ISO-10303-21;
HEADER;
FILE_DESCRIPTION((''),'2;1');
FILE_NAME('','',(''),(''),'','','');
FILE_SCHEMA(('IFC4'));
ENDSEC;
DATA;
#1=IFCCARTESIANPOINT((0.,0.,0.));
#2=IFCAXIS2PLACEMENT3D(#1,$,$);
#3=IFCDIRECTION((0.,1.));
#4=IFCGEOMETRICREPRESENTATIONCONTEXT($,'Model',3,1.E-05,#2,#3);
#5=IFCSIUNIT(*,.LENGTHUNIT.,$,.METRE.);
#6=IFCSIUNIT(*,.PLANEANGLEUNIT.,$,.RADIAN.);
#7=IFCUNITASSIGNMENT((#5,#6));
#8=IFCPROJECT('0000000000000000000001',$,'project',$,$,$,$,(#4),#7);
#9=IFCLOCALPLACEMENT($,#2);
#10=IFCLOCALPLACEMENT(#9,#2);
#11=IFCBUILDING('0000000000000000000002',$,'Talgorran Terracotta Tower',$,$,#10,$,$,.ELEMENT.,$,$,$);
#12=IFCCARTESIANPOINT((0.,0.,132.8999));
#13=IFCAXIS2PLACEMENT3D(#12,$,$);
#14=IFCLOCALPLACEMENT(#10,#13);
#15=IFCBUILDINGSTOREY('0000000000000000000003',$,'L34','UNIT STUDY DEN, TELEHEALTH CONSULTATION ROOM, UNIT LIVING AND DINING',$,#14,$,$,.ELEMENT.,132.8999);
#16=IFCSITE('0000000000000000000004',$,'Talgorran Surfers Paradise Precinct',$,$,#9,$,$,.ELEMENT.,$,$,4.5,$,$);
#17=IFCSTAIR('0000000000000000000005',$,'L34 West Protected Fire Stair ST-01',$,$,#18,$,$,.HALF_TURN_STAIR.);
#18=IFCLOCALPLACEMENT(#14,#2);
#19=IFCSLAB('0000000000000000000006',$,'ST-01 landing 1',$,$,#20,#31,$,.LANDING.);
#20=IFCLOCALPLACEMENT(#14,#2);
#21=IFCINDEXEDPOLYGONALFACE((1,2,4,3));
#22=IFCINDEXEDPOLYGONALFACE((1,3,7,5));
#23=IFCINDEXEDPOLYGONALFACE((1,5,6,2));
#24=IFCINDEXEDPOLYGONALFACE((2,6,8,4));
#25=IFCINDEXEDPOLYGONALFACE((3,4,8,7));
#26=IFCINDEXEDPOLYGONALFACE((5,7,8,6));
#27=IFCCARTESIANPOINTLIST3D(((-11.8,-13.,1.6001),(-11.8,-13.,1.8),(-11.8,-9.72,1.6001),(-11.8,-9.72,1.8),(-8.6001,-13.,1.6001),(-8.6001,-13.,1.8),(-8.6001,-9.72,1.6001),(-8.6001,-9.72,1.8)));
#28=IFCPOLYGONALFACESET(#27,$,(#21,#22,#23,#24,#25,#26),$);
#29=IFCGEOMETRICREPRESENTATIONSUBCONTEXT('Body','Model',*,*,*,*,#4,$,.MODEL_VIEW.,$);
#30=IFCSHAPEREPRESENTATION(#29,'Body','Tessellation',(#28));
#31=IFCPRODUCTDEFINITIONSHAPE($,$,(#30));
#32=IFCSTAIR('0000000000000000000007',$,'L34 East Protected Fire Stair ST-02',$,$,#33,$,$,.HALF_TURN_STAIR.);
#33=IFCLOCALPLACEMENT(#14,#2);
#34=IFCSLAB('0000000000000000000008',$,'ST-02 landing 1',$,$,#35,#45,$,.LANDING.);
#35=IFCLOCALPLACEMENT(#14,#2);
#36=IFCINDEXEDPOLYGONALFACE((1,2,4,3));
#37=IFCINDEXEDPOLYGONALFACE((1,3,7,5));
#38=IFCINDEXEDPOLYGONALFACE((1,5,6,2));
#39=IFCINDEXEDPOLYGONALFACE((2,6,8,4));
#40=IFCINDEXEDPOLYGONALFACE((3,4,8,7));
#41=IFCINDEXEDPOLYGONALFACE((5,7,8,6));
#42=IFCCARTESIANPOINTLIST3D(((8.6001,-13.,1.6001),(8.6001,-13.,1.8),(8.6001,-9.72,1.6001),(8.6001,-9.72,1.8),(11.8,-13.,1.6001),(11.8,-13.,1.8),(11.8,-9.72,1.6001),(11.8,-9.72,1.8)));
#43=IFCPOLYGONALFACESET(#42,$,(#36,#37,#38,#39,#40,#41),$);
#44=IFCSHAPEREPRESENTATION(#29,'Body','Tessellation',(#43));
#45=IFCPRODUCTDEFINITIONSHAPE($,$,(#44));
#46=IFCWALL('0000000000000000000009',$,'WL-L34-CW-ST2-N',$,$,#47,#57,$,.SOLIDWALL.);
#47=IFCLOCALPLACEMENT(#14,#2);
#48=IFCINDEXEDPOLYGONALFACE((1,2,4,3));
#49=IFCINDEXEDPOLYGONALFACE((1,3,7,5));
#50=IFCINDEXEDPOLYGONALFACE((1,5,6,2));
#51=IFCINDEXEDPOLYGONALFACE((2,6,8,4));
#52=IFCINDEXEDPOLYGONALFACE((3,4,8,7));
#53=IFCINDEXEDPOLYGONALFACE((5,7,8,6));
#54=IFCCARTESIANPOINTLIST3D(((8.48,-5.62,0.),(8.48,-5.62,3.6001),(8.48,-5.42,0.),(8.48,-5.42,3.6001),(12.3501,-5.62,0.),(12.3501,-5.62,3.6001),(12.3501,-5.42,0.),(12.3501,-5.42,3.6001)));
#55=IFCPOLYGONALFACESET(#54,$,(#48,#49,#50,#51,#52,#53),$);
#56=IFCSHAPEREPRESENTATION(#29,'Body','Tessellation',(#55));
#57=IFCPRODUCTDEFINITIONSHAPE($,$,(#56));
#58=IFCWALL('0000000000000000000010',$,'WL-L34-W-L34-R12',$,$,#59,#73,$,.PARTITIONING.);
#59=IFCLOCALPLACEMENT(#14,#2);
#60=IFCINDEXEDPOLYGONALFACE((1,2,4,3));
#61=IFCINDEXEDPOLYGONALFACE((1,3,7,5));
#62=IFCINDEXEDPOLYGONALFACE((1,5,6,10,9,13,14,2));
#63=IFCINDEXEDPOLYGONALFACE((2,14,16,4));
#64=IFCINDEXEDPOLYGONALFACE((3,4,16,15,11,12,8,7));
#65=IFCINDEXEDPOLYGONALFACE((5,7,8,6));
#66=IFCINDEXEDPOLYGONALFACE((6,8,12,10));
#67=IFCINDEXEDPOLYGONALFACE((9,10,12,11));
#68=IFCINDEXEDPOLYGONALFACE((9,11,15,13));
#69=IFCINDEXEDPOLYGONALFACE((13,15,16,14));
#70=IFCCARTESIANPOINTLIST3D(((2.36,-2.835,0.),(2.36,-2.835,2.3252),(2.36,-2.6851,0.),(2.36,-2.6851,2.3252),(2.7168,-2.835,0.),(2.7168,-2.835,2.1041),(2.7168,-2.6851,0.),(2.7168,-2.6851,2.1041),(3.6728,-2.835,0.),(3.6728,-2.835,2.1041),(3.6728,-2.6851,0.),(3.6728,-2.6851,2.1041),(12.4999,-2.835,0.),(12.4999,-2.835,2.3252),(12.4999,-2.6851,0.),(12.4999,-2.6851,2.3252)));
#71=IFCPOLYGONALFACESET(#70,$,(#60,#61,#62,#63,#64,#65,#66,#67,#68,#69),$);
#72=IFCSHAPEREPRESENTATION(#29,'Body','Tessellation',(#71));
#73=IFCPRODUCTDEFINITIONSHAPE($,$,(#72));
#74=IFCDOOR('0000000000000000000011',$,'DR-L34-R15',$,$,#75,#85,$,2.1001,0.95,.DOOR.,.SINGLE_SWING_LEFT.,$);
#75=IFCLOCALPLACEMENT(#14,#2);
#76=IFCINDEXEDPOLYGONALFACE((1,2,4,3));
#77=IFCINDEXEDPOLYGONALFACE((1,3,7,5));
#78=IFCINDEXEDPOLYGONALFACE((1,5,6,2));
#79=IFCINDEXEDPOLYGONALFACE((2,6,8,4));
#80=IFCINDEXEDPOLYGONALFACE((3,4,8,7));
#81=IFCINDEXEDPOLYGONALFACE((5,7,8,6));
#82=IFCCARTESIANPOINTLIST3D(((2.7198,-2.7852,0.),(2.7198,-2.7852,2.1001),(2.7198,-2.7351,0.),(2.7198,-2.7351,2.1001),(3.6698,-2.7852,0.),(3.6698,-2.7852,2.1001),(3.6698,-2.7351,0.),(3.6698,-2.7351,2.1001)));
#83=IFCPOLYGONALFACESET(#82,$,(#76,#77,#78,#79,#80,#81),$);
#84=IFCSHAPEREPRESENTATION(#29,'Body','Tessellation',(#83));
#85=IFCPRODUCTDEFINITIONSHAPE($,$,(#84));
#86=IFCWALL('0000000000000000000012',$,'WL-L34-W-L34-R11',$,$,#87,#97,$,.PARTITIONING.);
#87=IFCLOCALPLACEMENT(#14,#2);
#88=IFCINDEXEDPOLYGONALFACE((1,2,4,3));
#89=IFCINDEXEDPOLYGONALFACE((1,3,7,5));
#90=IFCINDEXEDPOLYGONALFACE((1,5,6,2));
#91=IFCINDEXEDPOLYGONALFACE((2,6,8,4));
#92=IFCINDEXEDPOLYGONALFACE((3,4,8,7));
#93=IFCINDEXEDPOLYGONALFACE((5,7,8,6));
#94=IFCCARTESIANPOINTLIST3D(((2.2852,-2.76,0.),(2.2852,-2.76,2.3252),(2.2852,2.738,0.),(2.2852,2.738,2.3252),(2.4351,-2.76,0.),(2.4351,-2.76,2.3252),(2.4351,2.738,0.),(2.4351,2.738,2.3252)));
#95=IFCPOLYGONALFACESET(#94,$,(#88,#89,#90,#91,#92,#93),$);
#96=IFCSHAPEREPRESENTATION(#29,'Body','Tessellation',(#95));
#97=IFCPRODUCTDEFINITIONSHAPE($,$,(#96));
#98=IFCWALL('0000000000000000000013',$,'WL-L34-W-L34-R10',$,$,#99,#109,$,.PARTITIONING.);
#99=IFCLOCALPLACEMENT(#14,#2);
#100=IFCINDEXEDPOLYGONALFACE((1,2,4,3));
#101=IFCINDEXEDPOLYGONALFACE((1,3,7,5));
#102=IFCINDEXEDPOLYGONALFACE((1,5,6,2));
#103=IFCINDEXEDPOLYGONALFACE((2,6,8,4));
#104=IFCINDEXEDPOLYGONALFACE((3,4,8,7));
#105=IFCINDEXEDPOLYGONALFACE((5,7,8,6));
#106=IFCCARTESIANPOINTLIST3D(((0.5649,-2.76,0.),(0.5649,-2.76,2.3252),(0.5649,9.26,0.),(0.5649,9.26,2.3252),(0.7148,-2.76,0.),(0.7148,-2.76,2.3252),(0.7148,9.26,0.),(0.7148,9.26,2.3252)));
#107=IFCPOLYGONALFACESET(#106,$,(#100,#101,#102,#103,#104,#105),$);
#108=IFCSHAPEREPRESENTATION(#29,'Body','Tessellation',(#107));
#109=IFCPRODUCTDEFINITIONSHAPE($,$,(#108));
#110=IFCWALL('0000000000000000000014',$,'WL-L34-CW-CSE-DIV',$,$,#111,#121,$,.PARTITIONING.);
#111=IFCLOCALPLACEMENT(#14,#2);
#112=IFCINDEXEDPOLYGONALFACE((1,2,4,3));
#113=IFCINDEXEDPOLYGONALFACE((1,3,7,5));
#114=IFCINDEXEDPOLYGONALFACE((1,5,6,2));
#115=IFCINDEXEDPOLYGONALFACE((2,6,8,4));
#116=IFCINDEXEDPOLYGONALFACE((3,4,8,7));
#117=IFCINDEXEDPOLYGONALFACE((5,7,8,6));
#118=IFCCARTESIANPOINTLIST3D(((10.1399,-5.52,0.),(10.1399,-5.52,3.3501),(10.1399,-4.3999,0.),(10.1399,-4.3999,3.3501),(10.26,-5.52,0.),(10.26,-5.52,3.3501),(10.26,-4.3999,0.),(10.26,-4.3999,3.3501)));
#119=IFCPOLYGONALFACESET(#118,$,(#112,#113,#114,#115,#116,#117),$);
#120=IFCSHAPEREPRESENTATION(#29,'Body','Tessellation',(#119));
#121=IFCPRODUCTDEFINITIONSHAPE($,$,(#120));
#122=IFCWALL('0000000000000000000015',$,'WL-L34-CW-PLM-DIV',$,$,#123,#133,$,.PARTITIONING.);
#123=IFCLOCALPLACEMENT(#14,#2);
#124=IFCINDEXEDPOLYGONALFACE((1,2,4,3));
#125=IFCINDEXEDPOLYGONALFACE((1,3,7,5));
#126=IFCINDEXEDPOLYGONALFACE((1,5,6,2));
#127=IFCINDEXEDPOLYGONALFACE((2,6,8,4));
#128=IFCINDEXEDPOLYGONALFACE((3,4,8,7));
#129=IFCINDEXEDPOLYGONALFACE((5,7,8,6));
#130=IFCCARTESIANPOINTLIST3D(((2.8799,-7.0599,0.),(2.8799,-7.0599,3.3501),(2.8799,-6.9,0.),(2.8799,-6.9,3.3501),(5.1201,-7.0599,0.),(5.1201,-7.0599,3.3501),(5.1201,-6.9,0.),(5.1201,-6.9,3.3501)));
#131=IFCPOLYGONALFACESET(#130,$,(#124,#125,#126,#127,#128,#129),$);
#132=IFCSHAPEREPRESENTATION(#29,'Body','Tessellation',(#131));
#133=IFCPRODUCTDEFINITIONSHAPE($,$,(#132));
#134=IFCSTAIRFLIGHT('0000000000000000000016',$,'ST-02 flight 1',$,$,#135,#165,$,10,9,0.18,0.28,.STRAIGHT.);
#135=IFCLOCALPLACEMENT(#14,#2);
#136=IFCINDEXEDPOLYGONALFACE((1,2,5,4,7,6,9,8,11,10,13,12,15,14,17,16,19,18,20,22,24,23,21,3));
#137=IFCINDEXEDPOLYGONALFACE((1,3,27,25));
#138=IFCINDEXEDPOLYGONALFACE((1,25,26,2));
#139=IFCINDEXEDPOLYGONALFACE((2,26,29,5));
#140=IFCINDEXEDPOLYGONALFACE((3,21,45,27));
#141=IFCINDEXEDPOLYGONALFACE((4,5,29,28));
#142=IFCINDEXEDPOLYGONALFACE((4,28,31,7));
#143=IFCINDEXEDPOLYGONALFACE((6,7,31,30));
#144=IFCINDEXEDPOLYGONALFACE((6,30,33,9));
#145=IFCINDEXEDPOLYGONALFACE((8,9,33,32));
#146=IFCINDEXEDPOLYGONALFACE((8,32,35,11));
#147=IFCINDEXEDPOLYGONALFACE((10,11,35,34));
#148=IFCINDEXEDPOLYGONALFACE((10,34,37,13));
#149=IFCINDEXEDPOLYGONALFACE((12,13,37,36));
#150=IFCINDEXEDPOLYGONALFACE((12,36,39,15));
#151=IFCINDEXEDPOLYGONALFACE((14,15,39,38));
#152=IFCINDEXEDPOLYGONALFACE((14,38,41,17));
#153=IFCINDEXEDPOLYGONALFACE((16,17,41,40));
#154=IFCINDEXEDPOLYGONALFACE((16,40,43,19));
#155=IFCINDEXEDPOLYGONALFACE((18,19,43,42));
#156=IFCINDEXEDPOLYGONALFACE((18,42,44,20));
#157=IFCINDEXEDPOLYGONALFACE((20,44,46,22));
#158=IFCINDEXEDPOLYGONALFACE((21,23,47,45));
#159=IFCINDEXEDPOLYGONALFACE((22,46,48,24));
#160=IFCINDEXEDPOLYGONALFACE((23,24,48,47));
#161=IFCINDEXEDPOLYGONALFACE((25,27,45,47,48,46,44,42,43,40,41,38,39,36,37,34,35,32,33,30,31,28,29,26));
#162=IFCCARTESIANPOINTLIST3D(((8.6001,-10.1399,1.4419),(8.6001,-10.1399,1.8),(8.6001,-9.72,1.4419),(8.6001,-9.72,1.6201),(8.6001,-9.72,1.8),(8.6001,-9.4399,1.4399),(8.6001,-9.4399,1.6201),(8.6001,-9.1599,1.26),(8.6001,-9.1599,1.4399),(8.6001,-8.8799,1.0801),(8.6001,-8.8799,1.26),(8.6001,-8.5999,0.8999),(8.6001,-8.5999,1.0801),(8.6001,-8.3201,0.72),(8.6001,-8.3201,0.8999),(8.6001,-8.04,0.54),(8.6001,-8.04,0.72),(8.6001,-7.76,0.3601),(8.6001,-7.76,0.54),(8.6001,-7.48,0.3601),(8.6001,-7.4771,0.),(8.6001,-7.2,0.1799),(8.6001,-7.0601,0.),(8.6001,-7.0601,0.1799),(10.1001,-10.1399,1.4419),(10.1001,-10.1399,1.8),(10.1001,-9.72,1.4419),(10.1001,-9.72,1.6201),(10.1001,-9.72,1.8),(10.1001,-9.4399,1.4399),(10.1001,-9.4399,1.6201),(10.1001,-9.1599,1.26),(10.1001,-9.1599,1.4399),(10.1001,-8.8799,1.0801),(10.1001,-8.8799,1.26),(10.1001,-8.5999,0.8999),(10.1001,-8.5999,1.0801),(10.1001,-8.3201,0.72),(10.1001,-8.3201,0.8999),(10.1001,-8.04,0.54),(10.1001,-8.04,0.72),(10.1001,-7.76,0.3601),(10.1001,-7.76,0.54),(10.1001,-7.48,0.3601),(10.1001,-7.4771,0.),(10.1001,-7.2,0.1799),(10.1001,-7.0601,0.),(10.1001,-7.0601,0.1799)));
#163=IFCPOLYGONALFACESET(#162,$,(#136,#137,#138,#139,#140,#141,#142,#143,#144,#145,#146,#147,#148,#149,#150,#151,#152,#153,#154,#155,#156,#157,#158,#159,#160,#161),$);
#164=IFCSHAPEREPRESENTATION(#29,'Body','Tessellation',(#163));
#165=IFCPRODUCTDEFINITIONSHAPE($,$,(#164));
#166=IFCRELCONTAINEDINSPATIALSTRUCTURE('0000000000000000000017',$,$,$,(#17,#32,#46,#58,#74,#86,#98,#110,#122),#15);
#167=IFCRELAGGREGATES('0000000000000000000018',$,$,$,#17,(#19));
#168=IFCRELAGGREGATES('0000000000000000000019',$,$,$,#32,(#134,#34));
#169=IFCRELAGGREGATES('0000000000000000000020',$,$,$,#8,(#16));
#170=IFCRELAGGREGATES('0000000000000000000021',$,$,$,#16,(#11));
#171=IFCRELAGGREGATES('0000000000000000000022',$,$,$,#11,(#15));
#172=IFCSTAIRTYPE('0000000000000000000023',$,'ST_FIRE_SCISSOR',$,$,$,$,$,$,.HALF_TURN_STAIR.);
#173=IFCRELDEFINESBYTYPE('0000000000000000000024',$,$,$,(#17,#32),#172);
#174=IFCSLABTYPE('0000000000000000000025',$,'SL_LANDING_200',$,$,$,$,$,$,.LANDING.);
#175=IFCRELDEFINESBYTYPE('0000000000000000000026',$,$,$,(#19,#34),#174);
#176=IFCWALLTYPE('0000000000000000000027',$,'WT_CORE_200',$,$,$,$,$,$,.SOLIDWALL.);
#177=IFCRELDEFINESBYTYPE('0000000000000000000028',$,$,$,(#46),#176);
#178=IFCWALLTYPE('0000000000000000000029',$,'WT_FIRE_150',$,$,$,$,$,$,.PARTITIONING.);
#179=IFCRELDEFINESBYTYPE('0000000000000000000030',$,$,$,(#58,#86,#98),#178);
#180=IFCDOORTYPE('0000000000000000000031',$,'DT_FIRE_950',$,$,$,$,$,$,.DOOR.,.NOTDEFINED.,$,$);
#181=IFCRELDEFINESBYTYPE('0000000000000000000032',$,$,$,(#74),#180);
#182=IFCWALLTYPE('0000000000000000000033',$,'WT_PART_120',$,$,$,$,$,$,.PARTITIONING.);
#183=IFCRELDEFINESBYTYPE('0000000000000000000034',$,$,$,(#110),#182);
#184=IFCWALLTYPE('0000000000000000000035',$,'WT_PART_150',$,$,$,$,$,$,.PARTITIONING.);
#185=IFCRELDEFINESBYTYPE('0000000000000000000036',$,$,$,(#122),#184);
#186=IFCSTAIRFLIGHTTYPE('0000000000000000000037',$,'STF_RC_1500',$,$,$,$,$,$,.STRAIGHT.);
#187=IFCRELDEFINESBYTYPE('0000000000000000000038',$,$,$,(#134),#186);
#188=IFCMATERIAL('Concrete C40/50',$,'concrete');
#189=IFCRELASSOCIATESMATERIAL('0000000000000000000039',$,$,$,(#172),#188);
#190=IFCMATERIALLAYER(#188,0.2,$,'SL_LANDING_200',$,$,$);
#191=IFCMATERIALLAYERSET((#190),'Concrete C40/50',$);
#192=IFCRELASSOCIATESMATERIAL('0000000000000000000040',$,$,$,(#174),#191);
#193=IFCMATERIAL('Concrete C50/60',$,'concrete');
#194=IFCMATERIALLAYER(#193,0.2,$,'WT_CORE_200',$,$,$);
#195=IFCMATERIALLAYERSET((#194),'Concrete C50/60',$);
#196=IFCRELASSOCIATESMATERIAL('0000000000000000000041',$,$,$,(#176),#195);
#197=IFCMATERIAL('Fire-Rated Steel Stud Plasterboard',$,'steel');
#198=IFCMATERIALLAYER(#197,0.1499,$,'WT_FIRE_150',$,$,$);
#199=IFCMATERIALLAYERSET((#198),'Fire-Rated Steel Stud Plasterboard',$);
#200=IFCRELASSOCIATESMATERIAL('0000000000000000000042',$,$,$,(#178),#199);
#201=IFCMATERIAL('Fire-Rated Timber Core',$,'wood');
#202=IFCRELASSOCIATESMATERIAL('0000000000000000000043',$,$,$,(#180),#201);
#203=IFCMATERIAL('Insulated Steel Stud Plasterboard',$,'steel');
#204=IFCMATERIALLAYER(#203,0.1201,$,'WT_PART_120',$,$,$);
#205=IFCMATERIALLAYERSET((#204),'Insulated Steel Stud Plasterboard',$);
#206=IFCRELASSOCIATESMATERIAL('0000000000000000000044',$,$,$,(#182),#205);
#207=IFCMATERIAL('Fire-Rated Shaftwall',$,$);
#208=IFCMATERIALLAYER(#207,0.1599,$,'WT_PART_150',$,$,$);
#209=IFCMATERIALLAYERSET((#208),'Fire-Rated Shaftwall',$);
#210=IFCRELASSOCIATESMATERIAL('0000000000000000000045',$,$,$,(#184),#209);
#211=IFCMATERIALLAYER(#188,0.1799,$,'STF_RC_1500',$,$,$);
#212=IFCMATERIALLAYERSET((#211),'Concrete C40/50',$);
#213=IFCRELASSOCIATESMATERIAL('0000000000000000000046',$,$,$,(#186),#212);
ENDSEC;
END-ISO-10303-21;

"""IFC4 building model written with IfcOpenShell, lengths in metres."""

from ifc_helpers import new_model, si_unit, direction, frame, frame_2d, origin, place, context, subcontext, project, spatial, polyline, rectangle, outline, extrude, material, layer, layer_set, type_object, element, fill, aggregate, save


model = new_model("IFC4")

# Units and contexts
model_context = context("Model", 3, precision=1e-05, world=origin(), true_north=direction((0.0, 1.0)))
body_context = subcontext(model_context, "Body", "Model", "MODEL_VIEW")
ifc_project = project(units=[si_unit("LENGTHUNIT", "METRE"), si_unit("PLANEANGLEUNIT", "RADIAN")], contexts=[model_context])

# Site, building, storey
site_placement = place(None, origin())
site = spatial("IfcSite", under=ifc_project, at=site_placement, Name="Talgorran Surfers Paradise Precinct", CompositionType="ELEMENT", RefElevation=4.5)
building_placement = place(site_placement, origin())
building = spatial("IfcBuilding", under=site, at=building_placement, Name="Talgorran Terracotta Tower", CompositionType="ELEMENT")
storey_placement = place(building_placement, frame((0.0, 0.0, 132.8999)))
storey = spatial("IfcBuildingStorey", under=building, at=storey_placement, Name="L34", Description="UNIT STUDY DEN, TELEHEALTH CONSULTATION ROOM, UNIT LIVING AND DINING", CompositionType="ELEMENT", Elevation=132.8999)

# Stairs, slabs
ifc_material_1 = material(Name="Concrete C40/50", Category="concrete")
stair_type = type_object("IfcStairType", Name="ST_FIRE_SCISSOR", PredefinedType="HALF_TURN_STAIR", material=ifc_material_1)
stair_1_placement = place(storey_placement, origin())
stair_1 = element("IfcStair", 1, at=stair_1_placement, inside=storey, type_object=stair_type, Name="L34 West Protected Fire Stair ST-01", PredefinedType="HALF_TURN_STAIR")
ifc_layer_1 = layer(ifc_material_1, 0.2, Name="SL_LANDING_200")
ifc_layer_set_1 = layer_set([ifc_layer_1], Name="Concrete C40/50")
slab_type = type_object("IfcSlabType", Name="SL_LANDING_200", PredefinedType="LANDING", material=ifc_layer_set_1)
slab_1_placement = place(storey_placement, frame((0.0, 0.0, 1.6001)))
slab_1 = element("IfcSlab", 2, at=slab_1_placement, type_object=slab_type, Name="ST-01 landing 1", PredefinedType="LANDING", context=body_context, shape_type="SweptSolid", body=[
    extrude(outline(polyline([(-11.8, -9.72), (-11.8, -13.0), (-8.6001, -13.0), (-8.6001, -9.72), (-11.8, -9.72)])), origin(), (0.0, 0.0, 1.0), 0.2),
])
aggregate(stair_1, [slab_1])
stair_2_placement = place(storey_placement, origin())
stair_2 = element("IfcStair", 3, at=stair_2_placement, inside=storey, type_object=stair_type, Name="L34 East Protected Fire Stair ST-02", PredefinedType="HALF_TURN_STAIR")
slab_2_placement = place(storey_placement, frame((0.0, 0.0, 1.6001)))
slab_2 = element("IfcSlab", 4, at=slab_2_placement, type_object=slab_type, Name="ST-02 landing 1", PredefinedType="LANDING", context=body_context, shape_type="SweptSolid", body=[
    extrude(outline(polyline([(8.6001, -9.72), (8.6001, -13.0), (11.8, -13.0), (11.8, -9.72), (8.6001, -9.72)])), origin(), (0.0, 0.0, 1.0), 0.2),
])

# Wall
ifc_material_2 = material(Name="Concrete C50/60", Category="concrete")
ifc_layer_2 = layer(ifc_material_2, 0.2, Name="WT_CORE_200")
ifc_layer_set_2 = layer_set([ifc_layer_2], Name="Concrete C50/60")
wall_type_1 = type_object("IfcWallType", Name="WT_CORE_200", PredefinedType="SOLIDWALL", material=ifc_layer_set_2)
wall_1_placement = place(storey_placement, frame((8.48, -5.52, 0.0), z_axis=(0.0, 0.0, 1.0), x_axis=(1.0, 0.0, 0.0)))
element("IfcWall", 5, at=wall_1_placement, inside=storey, type_object=wall_type_1, Name="WL-L34-CW-ST2-N", PredefinedType="SOLIDWALL", context=body_context, shape_type="SweptSolid", body=[
    extrude(rectangle(XDim=3.8701, YDim=0.2, at=frame_2d((1.9351, 0.0))), origin(), (0.0, 0.0, 1.0), 3.6001),
])

# Wall, opening, door
ifc_material_3 = material(Name="Fire-Rated Steel Stud Plasterboard", Category="steel")
ifc_layer_3 = layer(ifc_material_3, 0.1499, Name="WT_FIRE_150")
ifc_layer_set_3 = layer_set([ifc_layer_3], Name="Fire-Rated Steel Stud Plasterboard")
wall_type_2 = type_object("IfcWallType", Name="WT_FIRE_150", PredefinedType="PARTITIONING", material=ifc_layer_set_3)
wall_2_placement = place(storey_placement, frame((2.3601, -2.76, 0.0), z_axis=(0.0, 0.0, 1.0), x_axis=(1.0, 0.0, 0.0)))
wall_2 = element("IfcWall", 6, at=wall_2_placement, inside=storey, type_object=wall_type_2, Name="WL-L34-W-L34-R12", PredefinedType="PARTITIONING", context=body_context, shape_type="SweptSolid", body=[
    extrude(rectangle(XDim=10.1399, YDim=0.1499, at=frame_2d((5.0698, 0.0))), origin(), (0.0, 0.0, 1.0), 2.3252),
])
opening_placement = place(wall_2_placement, frame((0.3596, 0.0, 0.0)))
opening = element("IfcOpeningElement", 7, at=opening_placement, cuts=wall_2, PredefinedType="OPENING", context=body_context, shape_type="SweptSolid", body=[
    extrude(rectangle(XDim=0.956, YDim=2.1041, at=frame_2d((0.4751, 1.052))), frame((0.0, 0.085, 0.0), z_axis=(0.0, -1.0, 0.0), x_axis=(1.0, 0.0, 0.0)), (0.0, 0.0, 1.0), 0.1699),
])
ifc_material_4 = material(Name="Fire-Rated Timber Core", Category="wood")
door_type = type_object("IfcDoorType", Name="DT_FIRE_950", OperationType="NOTDEFINED", PredefinedType="DOOR", material=ifc_material_4)
door_placement = place(opening_placement, origin())
door = element("IfcDoor", 8, at=door_placement, inside=storey, type_object=door_type, Name="DR-L34-R15", OperationType="SINGLE_SWING_LEFT", OverallHeight=2.1001, OverallWidth=0.95, PredefinedType="DOOR", context=body_context, shape_type="SweptSolid", body=[
    extrude(rectangle(XDim=0.95, YDim=2.1001, at=frame_2d((0.4751, 1.05))), frame((0.0, 0.0249, 0.0), z_axis=(0.0, -1.0, 0.0), x_axis=(1.0, 0.0, 0.0)), (0.0, 0.0, 1.0), 0.05),
])
fill(opening, door)

# Walls
wall_3_placement = place(storey_placement, frame((2.3601, -2.76, 0.0), z_axis=(0.0, 0.0, 1.0), x_axis=(0.0, 1.0, 0.0)))
element("IfcWall", 9, at=wall_3_placement, inside=storey, type_object=wall_type_2, Name="WL-L34-W-L34-R11", PredefinedType="PARTITIONING", context=body_context, shape_type="SweptSolid", body=[
    extrude(rectangle(XDim=5.498, YDim=0.1499, at=frame_2d((2.749, 0.0))), origin(), (0.0, 0.0, 1.0), 2.3252),
])
wall_4_placement = place(storey_placement, frame((0.6399, -2.76, 0.0), z_axis=(0.0, 0.0, 1.0), x_axis=(0.0, 1.0, 0.0)))
element("IfcWall", 10, at=wall_4_placement, inside=storey, type_object=wall_type_2, Name="WL-L34-W-L34-R10", PredefinedType="PARTITIONING", context=body_context, shape_type="SweptSolid", body=[
    extrude(rectangle(XDim=12.02, YDim=0.1499, at=frame_2d((6.01, 0.0))), origin(), (0.0, 0.0, 1.0), 2.3252),
])
ifc_material_5 = material(Name="Insulated Steel Stud Plasterboard", Category="steel")
ifc_layer_4 = layer(ifc_material_5, 0.1201, Name="WT_PART_120")
ifc_layer_set_4 = layer_set([ifc_layer_4], Name="Insulated Steel Stud Plasterboard")
wall_type_3 = type_object("IfcWallType", Name="WT_PART_120", PredefinedType="PARTITIONING", material=ifc_layer_set_4)
wall_5_placement = place(storey_placement, frame((10.2, -5.52, 0.0), z_axis=(0.0, 0.0, 1.0), x_axis=(0.0, 1.0, 0.0)))
element("IfcWall", 11, at=wall_5_placement, inside=storey, type_object=wall_type_3, Name="WL-L34-CW-CSE-DIV", PredefinedType="PARTITIONING", context=body_context, shape_type="SweptSolid", body=[
    extrude(rectangle(XDim=1.1201, YDim=0.1201, at=frame_2d((0.5601, 0.0))), origin(), (0.0, 0.0, 1.0), 3.3501),
])
ifc_material_6 = material(Name="Fire-Rated Shaftwall")
ifc_layer_5 = layer(ifc_material_6, 0.1599, Name="WT_PART_150")
ifc_layer_set_5 = layer_set([ifc_layer_5], Name="Fire-Rated Shaftwall")
wall_type_4 = type_object("IfcWallType", Name="WT_PART_150", PredefinedType="PARTITIONING", material=ifc_layer_set_5)
wall_6_placement = place(storey_placement, frame((2.8799, -6.98, 0.0), z_axis=(0.0, 0.0, 1.0), x_axis=(1.0, 0.0, 0.0)))
element("IfcWall", 12, at=wall_6_placement, inside=storey, type_object=wall_type_4, Name="WL-L34-CW-PLM-DIV", PredefinedType="PARTITIONING", context=body_context, shape_type="SweptSolid", body=[
    extrude(rectangle(XDim=2.2402, YDim=0.1599, at=frame_2d((1.1201, 0.0))), origin(), (0.0, 0.0, 1.0), 3.3501),
])

# Stair flight
ifc_layer_6 = layer(ifc_material_1, 0.1799, Name="STF_RC_1500")
ifc_layer_set_6 = layer_set([ifc_layer_6], Name="Concrete C40/50")
stair_flight_type = type_object("IfcStairFlightType", Name="STF_RC_1500", PredefinedType="STRAIGHT", material=ifc_layer_set_6)
stair_flight_placement = place(storey_placement, frame((9.3501, -7.2, 0.0), z_axis=(0.0, 0.0, 1.0), x_axis=(0.0, -1.0, 0.0)))
stair_flight = element("IfcStairFlight", 13, at=stair_flight_placement, type_object=stair_flight_type, Name="ST-02 flight 1", NumberOfRisers=10, NumberOfTreads=9, PredefinedType="STRAIGHT", RiserHeight=0.18, TreadLength=0.28, context=body_context, shape_type="SweptSolid", body=[
    extrude(outline(polyline([(-0.1399, 0.0), (-0.1399, 0.1799), (0.0, 0.1799), (0.28, 0.3601), (0.5601, 0.3601), (0.5601, 0.54), (0.8401, 0.54), (0.8401, 0.72), (1.1201, 0.72), (1.1201, 0.8999), (1.3999, 0.8999), (1.3999, 1.0801), (1.6799, 1.0801), (1.6799, 1.26), (1.96, 1.26), (1.96, 1.4399), (2.24, 1.4399), (2.24, 1.6201), (2.52, 1.6201), (2.52, 1.8), (2.9399, 1.8), (2.9399, 1.4419), (2.52, 1.4419), (0.2771, 0.0), (-0.1399, 0.0)])), frame((0.0, 0.75, 0.0), z_axis=(0.0, -1.0, 0.0), x_axis=(1.0, 0.0, 0.0)), (0.0, 0.0, 1.0), 1.5),
])
aggregate(stair_2, [stair_flight, slab_2])

save(model, "model.ifc")
